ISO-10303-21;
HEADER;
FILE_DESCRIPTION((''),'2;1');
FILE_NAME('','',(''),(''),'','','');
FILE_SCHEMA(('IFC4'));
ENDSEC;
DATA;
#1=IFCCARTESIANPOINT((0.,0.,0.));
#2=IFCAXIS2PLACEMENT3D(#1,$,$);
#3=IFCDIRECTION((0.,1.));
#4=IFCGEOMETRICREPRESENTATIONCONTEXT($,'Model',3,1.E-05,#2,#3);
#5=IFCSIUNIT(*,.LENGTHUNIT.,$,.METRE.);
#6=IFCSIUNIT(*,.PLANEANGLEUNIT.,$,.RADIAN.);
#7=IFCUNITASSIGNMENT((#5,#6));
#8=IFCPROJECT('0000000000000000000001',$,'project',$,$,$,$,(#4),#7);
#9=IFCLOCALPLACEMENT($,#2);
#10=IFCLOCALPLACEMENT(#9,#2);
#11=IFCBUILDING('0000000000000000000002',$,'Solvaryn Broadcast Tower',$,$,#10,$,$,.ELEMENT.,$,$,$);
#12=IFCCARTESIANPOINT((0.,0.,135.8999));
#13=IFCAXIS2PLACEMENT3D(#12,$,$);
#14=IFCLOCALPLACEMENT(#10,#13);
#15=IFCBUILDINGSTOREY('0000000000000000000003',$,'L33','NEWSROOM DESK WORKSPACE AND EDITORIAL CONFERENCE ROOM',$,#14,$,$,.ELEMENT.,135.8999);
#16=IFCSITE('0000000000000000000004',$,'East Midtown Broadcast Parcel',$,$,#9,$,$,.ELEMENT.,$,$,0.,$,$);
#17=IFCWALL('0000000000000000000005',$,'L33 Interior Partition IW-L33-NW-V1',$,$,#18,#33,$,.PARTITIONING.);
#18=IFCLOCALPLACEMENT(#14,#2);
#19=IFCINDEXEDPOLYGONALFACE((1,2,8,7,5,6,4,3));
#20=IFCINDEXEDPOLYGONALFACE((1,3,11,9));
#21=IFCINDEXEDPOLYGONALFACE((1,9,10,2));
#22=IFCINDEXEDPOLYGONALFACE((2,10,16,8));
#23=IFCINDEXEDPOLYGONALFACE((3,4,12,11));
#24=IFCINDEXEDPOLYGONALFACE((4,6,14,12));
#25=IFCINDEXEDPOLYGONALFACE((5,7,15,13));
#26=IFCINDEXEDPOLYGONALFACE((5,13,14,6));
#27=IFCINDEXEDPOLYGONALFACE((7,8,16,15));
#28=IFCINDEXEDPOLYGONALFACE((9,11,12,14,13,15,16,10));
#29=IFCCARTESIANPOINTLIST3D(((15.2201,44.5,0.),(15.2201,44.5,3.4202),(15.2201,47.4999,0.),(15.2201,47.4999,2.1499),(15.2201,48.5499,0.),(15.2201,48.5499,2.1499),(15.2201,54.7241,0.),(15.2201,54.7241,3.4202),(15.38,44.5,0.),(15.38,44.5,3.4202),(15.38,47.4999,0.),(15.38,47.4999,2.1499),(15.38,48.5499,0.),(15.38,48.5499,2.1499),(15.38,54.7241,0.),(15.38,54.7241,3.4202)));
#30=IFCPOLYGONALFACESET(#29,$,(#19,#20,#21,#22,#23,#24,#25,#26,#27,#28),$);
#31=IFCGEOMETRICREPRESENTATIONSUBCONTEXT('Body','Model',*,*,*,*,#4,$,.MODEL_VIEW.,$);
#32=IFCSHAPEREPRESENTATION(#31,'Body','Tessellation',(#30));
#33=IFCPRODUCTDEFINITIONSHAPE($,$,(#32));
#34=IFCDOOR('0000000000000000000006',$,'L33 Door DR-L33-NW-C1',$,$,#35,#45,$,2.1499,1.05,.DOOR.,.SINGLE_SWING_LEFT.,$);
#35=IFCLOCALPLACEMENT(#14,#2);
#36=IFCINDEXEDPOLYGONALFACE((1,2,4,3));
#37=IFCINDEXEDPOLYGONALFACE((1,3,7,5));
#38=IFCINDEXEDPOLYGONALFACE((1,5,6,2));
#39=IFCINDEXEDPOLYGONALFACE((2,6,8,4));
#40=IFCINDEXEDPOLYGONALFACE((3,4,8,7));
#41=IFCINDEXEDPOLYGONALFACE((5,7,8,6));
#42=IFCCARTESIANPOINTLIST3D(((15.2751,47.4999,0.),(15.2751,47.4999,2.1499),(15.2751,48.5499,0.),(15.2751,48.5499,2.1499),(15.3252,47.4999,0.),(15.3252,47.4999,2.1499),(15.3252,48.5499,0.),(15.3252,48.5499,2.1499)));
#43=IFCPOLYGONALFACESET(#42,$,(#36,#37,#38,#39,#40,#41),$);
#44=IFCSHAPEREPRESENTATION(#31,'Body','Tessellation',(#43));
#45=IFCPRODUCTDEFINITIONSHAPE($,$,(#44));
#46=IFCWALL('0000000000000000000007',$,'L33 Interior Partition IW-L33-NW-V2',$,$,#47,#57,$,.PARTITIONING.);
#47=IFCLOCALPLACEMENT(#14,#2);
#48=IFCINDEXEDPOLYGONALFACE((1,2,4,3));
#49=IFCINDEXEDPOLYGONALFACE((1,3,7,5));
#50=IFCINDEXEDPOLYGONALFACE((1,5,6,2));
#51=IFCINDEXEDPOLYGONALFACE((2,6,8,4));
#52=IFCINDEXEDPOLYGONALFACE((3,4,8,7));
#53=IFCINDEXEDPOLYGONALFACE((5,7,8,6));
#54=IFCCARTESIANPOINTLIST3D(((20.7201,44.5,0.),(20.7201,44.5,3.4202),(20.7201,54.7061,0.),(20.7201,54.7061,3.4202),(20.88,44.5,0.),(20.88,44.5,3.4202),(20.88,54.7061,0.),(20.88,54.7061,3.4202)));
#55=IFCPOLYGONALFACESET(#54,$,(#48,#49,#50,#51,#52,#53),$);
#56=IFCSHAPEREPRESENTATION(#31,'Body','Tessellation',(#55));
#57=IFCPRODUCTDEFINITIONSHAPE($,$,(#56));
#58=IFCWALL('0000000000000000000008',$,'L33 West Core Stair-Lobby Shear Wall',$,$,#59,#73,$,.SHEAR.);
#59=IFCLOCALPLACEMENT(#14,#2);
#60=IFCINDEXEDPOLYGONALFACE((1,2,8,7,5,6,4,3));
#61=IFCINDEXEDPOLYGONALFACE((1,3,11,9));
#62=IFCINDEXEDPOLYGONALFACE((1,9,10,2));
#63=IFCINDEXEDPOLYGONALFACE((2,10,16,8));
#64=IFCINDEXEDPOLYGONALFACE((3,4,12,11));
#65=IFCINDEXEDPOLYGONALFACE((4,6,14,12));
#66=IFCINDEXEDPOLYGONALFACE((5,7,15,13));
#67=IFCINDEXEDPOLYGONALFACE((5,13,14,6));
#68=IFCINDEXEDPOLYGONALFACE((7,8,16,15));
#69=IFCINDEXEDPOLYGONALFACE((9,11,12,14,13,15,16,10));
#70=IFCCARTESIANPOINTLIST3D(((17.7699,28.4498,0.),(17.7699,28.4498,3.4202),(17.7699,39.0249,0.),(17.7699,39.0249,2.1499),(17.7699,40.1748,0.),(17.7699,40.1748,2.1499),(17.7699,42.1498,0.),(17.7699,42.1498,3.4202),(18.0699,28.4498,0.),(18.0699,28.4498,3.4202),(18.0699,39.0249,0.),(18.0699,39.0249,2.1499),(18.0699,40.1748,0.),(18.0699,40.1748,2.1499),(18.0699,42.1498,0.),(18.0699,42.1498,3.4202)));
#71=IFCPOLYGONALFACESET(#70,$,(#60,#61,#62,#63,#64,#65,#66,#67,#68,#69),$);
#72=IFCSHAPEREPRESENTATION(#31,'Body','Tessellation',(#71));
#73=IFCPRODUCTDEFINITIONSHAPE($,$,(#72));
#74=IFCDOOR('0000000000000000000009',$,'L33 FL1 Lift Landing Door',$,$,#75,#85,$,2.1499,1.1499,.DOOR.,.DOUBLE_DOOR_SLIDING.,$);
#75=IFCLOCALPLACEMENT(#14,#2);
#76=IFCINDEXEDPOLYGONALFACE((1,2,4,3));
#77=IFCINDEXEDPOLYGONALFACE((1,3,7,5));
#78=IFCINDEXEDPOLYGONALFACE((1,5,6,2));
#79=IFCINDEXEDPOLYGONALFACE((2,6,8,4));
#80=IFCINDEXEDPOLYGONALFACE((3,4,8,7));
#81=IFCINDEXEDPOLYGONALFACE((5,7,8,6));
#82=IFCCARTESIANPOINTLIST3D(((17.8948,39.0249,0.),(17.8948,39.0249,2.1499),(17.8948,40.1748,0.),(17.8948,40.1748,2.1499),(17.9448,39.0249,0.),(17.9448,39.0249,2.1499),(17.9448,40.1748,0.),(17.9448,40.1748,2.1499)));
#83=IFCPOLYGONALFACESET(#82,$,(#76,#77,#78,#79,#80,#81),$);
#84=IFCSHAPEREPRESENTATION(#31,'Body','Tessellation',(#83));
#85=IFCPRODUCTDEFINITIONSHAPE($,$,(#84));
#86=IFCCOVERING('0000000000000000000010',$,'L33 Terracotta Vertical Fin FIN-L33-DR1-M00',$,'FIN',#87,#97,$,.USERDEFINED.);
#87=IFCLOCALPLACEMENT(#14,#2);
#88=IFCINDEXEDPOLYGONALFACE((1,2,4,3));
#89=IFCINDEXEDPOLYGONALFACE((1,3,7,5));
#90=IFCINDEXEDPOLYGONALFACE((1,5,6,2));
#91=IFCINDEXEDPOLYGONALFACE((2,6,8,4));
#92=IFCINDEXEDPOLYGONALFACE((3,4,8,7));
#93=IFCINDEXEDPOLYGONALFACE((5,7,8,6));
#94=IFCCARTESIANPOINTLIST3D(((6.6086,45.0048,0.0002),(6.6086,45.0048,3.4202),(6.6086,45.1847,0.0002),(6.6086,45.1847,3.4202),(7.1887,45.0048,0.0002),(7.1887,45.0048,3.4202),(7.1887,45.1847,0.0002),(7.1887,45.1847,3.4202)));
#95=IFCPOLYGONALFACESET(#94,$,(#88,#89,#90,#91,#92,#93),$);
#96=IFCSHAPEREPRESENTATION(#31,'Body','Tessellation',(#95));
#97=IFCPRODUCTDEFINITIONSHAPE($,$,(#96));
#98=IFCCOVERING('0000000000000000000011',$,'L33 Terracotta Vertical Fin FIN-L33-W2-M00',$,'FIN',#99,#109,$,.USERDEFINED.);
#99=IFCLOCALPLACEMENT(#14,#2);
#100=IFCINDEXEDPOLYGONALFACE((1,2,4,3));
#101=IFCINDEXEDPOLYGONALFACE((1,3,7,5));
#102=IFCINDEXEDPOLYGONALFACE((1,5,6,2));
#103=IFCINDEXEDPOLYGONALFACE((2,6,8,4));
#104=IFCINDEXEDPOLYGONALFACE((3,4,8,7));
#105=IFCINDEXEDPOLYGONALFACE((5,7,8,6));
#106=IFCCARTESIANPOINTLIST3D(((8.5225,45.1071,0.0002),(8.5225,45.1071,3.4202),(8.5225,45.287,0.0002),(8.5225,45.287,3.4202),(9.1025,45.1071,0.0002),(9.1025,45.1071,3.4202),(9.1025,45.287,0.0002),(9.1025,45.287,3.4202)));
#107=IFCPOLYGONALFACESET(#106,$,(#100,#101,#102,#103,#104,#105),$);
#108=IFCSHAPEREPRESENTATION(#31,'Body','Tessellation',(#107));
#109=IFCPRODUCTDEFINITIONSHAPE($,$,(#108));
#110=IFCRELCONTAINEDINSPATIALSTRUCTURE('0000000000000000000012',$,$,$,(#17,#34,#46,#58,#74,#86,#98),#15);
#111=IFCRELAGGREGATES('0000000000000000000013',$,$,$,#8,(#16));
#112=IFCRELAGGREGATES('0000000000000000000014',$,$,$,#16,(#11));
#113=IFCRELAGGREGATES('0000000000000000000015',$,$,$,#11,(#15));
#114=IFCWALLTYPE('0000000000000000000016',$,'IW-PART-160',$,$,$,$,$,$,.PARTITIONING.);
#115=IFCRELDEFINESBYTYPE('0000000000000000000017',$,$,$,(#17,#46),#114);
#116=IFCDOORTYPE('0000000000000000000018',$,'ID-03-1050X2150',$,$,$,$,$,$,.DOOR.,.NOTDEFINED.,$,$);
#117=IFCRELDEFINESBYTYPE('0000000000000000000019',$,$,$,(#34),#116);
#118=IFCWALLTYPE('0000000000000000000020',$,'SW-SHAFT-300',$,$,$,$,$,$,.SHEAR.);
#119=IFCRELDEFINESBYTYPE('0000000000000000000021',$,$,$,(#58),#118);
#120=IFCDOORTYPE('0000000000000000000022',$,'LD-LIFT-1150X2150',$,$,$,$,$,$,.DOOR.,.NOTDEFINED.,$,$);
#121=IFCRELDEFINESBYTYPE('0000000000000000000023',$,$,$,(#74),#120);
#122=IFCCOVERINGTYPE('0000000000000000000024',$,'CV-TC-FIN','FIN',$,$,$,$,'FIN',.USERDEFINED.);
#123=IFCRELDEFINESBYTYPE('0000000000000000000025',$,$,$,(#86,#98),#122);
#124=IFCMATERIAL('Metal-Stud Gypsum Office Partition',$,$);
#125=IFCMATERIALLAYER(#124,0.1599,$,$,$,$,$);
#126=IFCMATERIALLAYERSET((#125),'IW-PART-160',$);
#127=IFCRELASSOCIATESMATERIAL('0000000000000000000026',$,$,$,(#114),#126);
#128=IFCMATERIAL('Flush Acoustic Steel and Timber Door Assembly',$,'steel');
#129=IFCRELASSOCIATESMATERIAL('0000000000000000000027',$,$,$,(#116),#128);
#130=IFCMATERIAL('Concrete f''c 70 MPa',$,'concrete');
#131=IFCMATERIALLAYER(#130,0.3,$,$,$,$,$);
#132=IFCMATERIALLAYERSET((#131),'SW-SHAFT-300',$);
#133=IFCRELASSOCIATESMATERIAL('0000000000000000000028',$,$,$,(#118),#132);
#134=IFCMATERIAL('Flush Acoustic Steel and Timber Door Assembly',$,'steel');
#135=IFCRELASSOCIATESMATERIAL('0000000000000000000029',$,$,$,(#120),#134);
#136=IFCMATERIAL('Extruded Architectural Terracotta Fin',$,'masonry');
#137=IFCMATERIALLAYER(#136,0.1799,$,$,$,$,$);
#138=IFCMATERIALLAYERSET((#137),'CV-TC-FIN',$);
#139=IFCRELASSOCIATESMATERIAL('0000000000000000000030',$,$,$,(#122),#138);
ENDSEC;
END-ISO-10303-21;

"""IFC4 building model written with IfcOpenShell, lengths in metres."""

from ifc_helpers import new_model, si_unit, direction, frame, frame_2d, origin, origin_2d, place, context, subcontext, project, spatial, rectangle, extrude, material, layer, layer_set, type_object, element, fill, save


model = new_model("IFC4")

# Units and contexts
model_context = context("Model", 3, precision=1e-05, world=origin(), true_north=direction((0.0, 1.0)))
body_context = subcontext(model_context, "Body", "Model", "MODEL_VIEW")
ifc_project = project(units=[si_unit("LENGTHUNIT", "METRE"), si_unit("PLANEANGLEUNIT", "RADIAN")], contexts=[model_context])

# Site, building, storey
site_placement = place(None, origin())
site = spatial("IfcSite", under=ifc_project, at=site_placement, Name="East Midtown Broadcast Parcel", CompositionType="ELEMENT", RefElevation=0.0)
building_placement = place(site_placement, origin())
building = spatial("IfcBuilding", under=site, at=building_placement, Name="Solvaryn Broadcast Tower", CompositionType="ELEMENT")
storey_placement = place(building_placement, frame((0.0, 0.0, 135.8999)))
storey = spatial("IfcBuildingStorey", under=building, at=storey_placement, Name="L33", Description="NEWSROOM DESK WORKSPACE AND EDITORIAL CONFERENCE ROOM", CompositionType="ELEMENT", Elevation=135.8999)

# Shared definitions
ifc_material_1 = material(Name="Metal-Stud Gypsum Office Partition")
ifc_layer_1 = layer(ifc_material_1, 0.1599)
ifc_layer_set_1 = layer_set([ifc_layer_1], Name="IW-PART-160")
wall_type_1 = type_object("IfcWallType", Name="IW-PART-160", PredefinedType="PARTITIONING", material=ifc_layer_set_1)

# Wall, opening, door
wall_1_placement = place(storey_placement, frame((15.3, 44.5, 0.0), z_axis=(0.0, 0.0, 1.0), x_axis=(0.0, 1.0, 0.0)))
wall_1 = element("IfcWall", 1, at=wall_1_placement, inside=storey, type_object=wall_type_1, Name="L33 Interior Partition IW-L33-NW-V1", PredefinedType="PARTITIONING", context=body_context, shape_type="SweptSolid", body=[
    extrude(rectangle(XDim=10.2241, YDim=0.1599, at=frame_2d((5.1121, 0.0))), origin(), (0.0, 0.0, 1.0), 3.4202),
])
opening_1_placement = place(wall_1_placement, frame((3.0, 0.0, 0.0)))
opening_1 = element("IfcOpeningElement", 2, at=opening_1_placement, cuts=wall_1, PredefinedType="OPENING", context=body_context, shape_type="SweptSolid", body=[
    extrude(rectangle(XDim=1.05, YDim=2.1499, at=frame_2d((0.5249, 1.075))), frame((0.0, 0.0901, 0.0), z_axis=(0.0, -1.0, 0.0), x_axis=(1.0, 0.0, 0.0)), (0.0, 0.0, 1.0), 0.1799),
])
ifc_material_2 = material(Name="Flush Acoustic Steel and Timber Door Assembly", Category="steel")
door_type_1 = type_object("IfcDoorType", Name="ID-03-1050X2150", OperationType="NOTDEFINED", PredefinedType="DOOR", material=ifc_material_2)
door_1_placement = place(opening_1_placement, origin())
door_1 = element("IfcDoor", 3, at=door_1_placement, inside=storey, type_object=door_type_1, Name="L33 Door DR-L33-NW-C1", OperationType="SINGLE_SWING_LEFT", OverallHeight=2.1499, OverallWidth=1.05, PredefinedType="DOOR", context=body_context, shape_type="SweptSolid", body=[
    extrude(rectangle(XDim=1.05, YDim=2.1499, at=frame_2d((0.5249, 1.075))), frame((0.0, 0.0249, 0.0), z_axis=(0.0, -1.0, 0.0), x_axis=(1.0, 0.0, 0.0)), (0.0, 0.0, 1.0), 0.05),
])
fill(opening_1, door_1)

# Wall
wall_2_placement = place(storey_placement, frame((20.8, 44.5, 0.0), z_axis=(0.0, 0.0, 1.0), x_axis=(0.0, 1.0, 0.0)))
element("IfcWall", 4, at=wall_2_placement, inside=storey, type_object=wall_type_1, Name="L33 Interior Partition IW-L33-NW-V2", PredefinedType="PARTITIONING", context=body_context, shape_type="SweptSolid", body=[
    extrude(rectangle(XDim=10.2061, YDim=0.1599, at=frame_2d((5.103, 0.0))), origin(), (0.0, 0.0, 1.0), 3.4202),
])

# Wall, opening, door
ifc_material_3 = material(Name="Concrete f'c 70 MPa", Category="concrete")
ifc_layer_2 = layer(ifc_material_3, 0.3)
ifc_layer_set_2 = layer_set([ifc_layer_2], Name="SW-SHAFT-300")
wall_type_2 = type_object("IfcWallType", Name="SW-SHAFT-300", PredefinedType="SHEAR", material=ifc_layer_set_2)
wall_3_placement = place(storey_placement, frame((17.9199, 42.1499, 0.0), z_axis=(0.0, 0.0, 1.0), x_axis=(0.0, -1.0, 0.0)))
wall_3 = element("IfcWall", 5, at=wall_3_placement, inside=storey, type_object=wall_type_2, Name="L33 West Core Stair-Lobby Shear Wall", PredefinedType="SHEAR", context=body_context, shape_type="SweptSolid", body=[
    extrude(rectangle(XDim=13.7, YDim=0.3, at=frame_2d((6.8501, 0.0))), origin(), (0.0, 0.0, 1.0), 3.4202),
])
opening_2_placement = place(wall_3_placement, frame((1.9751, 0.0, 0.0)))
opening_2 = element("IfcOpeningElement", 6, at=opening_2_placement, cuts=wall_3, PredefinedType="OPENING", context=body_context, shape_type="SweptSolid", body=[
    extrude(rectangle(XDim=1.1499, YDim=2.1499, at=frame_2d((0.575, 1.075))), frame((0.0, 0.1599, 0.0), z_axis=(0.0, -1.0, 0.0), x_axis=(1.0, 0.0, 0.0)), (0.0, 0.0, 1.0), 0.3201),
])
ifc_material_4 = material(Name="Flush Acoustic Steel and Timber Door Assembly", Category="steel")
door_type_2 = type_object("IfcDoorType", Name="LD-LIFT-1150X2150", OperationType="NOTDEFINED", PredefinedType="DOOR", material=ifc_material_4)
door_2_placement = place(opening_2_placement, origin())
door_2 = element("IfcDoor", 7, at=door_2_placement, inside=storey, type_object=door_type_2, Name="L33 FL1 Lift Landing Door", OperationType="DOUBLE_DOOR_SLIDING", OverallHeight=2.1499, OverallWidth=1.1499, PredefinedType="DOOR", context=body_context, shape_type="SweptSolid", body=[
    extrude(rectangle(XDim=1.1499, YDim=2.1499, at=frame_2d((0.575, 1.075))), frame((0.0, 0.0249, 0.0), z_axis=(0.0, -1.0, 0.0), x_axis=(1.0, 0.0, 0.0)), (0.0, 0.0, 1.0), 0.05),
])
fill(opening_2, door_2)

# Coverings
ifc_material_5 = material(Name="Extruded Architectural Terracotta Fin", Category="masonry")
ifc_layer_3 = layer(ifc_material_5, 0.1799)
ifc_layer_set_3 = layer_set([ifc_layer_3], Name="CV-TC-FIN")
covering_type = type_object("IfcCoveringType", Name="CV-TC-FIN", Description="FIN", ElementType="FIN", PredefinedType="USERDEFINED", material=ifc_layer_set_3)
for number, where, z_axis, x_axis, name in (
    (8, (6.8987, 45.0947, 0.0002), (0.0, 0.0, 1.0), (1.0, 0.0, 0.0), "L33 Terracotta Vertical Fin FIN-L33-DR1-M00"),
    (9, (8.8125, 45.197, 0.0002), (0.0, 0.0, 1.0), (1.0, 0.0, 0.0), "L33 Terracotta Vertical Fin FIN-L33-W2-M00"),
):
    element("IfcCovering", number, at=place(storey_placement, frame(where, z_axis=z_axis, x_axis=x_axis)), inside=storey, type_object=covering_type, Name=name, ObjectType="FIN", PredefinedType="USERDEFINED", context=body_context, shape_type="SweptSolid", body=[
        extrude(rectangle(XDim=0.5801, YDim=0.1799, at=origin_2d()), origin(), (0.0, 0.0, 1.0), 3.4199),
    ])

save(model, "model.ifc")
